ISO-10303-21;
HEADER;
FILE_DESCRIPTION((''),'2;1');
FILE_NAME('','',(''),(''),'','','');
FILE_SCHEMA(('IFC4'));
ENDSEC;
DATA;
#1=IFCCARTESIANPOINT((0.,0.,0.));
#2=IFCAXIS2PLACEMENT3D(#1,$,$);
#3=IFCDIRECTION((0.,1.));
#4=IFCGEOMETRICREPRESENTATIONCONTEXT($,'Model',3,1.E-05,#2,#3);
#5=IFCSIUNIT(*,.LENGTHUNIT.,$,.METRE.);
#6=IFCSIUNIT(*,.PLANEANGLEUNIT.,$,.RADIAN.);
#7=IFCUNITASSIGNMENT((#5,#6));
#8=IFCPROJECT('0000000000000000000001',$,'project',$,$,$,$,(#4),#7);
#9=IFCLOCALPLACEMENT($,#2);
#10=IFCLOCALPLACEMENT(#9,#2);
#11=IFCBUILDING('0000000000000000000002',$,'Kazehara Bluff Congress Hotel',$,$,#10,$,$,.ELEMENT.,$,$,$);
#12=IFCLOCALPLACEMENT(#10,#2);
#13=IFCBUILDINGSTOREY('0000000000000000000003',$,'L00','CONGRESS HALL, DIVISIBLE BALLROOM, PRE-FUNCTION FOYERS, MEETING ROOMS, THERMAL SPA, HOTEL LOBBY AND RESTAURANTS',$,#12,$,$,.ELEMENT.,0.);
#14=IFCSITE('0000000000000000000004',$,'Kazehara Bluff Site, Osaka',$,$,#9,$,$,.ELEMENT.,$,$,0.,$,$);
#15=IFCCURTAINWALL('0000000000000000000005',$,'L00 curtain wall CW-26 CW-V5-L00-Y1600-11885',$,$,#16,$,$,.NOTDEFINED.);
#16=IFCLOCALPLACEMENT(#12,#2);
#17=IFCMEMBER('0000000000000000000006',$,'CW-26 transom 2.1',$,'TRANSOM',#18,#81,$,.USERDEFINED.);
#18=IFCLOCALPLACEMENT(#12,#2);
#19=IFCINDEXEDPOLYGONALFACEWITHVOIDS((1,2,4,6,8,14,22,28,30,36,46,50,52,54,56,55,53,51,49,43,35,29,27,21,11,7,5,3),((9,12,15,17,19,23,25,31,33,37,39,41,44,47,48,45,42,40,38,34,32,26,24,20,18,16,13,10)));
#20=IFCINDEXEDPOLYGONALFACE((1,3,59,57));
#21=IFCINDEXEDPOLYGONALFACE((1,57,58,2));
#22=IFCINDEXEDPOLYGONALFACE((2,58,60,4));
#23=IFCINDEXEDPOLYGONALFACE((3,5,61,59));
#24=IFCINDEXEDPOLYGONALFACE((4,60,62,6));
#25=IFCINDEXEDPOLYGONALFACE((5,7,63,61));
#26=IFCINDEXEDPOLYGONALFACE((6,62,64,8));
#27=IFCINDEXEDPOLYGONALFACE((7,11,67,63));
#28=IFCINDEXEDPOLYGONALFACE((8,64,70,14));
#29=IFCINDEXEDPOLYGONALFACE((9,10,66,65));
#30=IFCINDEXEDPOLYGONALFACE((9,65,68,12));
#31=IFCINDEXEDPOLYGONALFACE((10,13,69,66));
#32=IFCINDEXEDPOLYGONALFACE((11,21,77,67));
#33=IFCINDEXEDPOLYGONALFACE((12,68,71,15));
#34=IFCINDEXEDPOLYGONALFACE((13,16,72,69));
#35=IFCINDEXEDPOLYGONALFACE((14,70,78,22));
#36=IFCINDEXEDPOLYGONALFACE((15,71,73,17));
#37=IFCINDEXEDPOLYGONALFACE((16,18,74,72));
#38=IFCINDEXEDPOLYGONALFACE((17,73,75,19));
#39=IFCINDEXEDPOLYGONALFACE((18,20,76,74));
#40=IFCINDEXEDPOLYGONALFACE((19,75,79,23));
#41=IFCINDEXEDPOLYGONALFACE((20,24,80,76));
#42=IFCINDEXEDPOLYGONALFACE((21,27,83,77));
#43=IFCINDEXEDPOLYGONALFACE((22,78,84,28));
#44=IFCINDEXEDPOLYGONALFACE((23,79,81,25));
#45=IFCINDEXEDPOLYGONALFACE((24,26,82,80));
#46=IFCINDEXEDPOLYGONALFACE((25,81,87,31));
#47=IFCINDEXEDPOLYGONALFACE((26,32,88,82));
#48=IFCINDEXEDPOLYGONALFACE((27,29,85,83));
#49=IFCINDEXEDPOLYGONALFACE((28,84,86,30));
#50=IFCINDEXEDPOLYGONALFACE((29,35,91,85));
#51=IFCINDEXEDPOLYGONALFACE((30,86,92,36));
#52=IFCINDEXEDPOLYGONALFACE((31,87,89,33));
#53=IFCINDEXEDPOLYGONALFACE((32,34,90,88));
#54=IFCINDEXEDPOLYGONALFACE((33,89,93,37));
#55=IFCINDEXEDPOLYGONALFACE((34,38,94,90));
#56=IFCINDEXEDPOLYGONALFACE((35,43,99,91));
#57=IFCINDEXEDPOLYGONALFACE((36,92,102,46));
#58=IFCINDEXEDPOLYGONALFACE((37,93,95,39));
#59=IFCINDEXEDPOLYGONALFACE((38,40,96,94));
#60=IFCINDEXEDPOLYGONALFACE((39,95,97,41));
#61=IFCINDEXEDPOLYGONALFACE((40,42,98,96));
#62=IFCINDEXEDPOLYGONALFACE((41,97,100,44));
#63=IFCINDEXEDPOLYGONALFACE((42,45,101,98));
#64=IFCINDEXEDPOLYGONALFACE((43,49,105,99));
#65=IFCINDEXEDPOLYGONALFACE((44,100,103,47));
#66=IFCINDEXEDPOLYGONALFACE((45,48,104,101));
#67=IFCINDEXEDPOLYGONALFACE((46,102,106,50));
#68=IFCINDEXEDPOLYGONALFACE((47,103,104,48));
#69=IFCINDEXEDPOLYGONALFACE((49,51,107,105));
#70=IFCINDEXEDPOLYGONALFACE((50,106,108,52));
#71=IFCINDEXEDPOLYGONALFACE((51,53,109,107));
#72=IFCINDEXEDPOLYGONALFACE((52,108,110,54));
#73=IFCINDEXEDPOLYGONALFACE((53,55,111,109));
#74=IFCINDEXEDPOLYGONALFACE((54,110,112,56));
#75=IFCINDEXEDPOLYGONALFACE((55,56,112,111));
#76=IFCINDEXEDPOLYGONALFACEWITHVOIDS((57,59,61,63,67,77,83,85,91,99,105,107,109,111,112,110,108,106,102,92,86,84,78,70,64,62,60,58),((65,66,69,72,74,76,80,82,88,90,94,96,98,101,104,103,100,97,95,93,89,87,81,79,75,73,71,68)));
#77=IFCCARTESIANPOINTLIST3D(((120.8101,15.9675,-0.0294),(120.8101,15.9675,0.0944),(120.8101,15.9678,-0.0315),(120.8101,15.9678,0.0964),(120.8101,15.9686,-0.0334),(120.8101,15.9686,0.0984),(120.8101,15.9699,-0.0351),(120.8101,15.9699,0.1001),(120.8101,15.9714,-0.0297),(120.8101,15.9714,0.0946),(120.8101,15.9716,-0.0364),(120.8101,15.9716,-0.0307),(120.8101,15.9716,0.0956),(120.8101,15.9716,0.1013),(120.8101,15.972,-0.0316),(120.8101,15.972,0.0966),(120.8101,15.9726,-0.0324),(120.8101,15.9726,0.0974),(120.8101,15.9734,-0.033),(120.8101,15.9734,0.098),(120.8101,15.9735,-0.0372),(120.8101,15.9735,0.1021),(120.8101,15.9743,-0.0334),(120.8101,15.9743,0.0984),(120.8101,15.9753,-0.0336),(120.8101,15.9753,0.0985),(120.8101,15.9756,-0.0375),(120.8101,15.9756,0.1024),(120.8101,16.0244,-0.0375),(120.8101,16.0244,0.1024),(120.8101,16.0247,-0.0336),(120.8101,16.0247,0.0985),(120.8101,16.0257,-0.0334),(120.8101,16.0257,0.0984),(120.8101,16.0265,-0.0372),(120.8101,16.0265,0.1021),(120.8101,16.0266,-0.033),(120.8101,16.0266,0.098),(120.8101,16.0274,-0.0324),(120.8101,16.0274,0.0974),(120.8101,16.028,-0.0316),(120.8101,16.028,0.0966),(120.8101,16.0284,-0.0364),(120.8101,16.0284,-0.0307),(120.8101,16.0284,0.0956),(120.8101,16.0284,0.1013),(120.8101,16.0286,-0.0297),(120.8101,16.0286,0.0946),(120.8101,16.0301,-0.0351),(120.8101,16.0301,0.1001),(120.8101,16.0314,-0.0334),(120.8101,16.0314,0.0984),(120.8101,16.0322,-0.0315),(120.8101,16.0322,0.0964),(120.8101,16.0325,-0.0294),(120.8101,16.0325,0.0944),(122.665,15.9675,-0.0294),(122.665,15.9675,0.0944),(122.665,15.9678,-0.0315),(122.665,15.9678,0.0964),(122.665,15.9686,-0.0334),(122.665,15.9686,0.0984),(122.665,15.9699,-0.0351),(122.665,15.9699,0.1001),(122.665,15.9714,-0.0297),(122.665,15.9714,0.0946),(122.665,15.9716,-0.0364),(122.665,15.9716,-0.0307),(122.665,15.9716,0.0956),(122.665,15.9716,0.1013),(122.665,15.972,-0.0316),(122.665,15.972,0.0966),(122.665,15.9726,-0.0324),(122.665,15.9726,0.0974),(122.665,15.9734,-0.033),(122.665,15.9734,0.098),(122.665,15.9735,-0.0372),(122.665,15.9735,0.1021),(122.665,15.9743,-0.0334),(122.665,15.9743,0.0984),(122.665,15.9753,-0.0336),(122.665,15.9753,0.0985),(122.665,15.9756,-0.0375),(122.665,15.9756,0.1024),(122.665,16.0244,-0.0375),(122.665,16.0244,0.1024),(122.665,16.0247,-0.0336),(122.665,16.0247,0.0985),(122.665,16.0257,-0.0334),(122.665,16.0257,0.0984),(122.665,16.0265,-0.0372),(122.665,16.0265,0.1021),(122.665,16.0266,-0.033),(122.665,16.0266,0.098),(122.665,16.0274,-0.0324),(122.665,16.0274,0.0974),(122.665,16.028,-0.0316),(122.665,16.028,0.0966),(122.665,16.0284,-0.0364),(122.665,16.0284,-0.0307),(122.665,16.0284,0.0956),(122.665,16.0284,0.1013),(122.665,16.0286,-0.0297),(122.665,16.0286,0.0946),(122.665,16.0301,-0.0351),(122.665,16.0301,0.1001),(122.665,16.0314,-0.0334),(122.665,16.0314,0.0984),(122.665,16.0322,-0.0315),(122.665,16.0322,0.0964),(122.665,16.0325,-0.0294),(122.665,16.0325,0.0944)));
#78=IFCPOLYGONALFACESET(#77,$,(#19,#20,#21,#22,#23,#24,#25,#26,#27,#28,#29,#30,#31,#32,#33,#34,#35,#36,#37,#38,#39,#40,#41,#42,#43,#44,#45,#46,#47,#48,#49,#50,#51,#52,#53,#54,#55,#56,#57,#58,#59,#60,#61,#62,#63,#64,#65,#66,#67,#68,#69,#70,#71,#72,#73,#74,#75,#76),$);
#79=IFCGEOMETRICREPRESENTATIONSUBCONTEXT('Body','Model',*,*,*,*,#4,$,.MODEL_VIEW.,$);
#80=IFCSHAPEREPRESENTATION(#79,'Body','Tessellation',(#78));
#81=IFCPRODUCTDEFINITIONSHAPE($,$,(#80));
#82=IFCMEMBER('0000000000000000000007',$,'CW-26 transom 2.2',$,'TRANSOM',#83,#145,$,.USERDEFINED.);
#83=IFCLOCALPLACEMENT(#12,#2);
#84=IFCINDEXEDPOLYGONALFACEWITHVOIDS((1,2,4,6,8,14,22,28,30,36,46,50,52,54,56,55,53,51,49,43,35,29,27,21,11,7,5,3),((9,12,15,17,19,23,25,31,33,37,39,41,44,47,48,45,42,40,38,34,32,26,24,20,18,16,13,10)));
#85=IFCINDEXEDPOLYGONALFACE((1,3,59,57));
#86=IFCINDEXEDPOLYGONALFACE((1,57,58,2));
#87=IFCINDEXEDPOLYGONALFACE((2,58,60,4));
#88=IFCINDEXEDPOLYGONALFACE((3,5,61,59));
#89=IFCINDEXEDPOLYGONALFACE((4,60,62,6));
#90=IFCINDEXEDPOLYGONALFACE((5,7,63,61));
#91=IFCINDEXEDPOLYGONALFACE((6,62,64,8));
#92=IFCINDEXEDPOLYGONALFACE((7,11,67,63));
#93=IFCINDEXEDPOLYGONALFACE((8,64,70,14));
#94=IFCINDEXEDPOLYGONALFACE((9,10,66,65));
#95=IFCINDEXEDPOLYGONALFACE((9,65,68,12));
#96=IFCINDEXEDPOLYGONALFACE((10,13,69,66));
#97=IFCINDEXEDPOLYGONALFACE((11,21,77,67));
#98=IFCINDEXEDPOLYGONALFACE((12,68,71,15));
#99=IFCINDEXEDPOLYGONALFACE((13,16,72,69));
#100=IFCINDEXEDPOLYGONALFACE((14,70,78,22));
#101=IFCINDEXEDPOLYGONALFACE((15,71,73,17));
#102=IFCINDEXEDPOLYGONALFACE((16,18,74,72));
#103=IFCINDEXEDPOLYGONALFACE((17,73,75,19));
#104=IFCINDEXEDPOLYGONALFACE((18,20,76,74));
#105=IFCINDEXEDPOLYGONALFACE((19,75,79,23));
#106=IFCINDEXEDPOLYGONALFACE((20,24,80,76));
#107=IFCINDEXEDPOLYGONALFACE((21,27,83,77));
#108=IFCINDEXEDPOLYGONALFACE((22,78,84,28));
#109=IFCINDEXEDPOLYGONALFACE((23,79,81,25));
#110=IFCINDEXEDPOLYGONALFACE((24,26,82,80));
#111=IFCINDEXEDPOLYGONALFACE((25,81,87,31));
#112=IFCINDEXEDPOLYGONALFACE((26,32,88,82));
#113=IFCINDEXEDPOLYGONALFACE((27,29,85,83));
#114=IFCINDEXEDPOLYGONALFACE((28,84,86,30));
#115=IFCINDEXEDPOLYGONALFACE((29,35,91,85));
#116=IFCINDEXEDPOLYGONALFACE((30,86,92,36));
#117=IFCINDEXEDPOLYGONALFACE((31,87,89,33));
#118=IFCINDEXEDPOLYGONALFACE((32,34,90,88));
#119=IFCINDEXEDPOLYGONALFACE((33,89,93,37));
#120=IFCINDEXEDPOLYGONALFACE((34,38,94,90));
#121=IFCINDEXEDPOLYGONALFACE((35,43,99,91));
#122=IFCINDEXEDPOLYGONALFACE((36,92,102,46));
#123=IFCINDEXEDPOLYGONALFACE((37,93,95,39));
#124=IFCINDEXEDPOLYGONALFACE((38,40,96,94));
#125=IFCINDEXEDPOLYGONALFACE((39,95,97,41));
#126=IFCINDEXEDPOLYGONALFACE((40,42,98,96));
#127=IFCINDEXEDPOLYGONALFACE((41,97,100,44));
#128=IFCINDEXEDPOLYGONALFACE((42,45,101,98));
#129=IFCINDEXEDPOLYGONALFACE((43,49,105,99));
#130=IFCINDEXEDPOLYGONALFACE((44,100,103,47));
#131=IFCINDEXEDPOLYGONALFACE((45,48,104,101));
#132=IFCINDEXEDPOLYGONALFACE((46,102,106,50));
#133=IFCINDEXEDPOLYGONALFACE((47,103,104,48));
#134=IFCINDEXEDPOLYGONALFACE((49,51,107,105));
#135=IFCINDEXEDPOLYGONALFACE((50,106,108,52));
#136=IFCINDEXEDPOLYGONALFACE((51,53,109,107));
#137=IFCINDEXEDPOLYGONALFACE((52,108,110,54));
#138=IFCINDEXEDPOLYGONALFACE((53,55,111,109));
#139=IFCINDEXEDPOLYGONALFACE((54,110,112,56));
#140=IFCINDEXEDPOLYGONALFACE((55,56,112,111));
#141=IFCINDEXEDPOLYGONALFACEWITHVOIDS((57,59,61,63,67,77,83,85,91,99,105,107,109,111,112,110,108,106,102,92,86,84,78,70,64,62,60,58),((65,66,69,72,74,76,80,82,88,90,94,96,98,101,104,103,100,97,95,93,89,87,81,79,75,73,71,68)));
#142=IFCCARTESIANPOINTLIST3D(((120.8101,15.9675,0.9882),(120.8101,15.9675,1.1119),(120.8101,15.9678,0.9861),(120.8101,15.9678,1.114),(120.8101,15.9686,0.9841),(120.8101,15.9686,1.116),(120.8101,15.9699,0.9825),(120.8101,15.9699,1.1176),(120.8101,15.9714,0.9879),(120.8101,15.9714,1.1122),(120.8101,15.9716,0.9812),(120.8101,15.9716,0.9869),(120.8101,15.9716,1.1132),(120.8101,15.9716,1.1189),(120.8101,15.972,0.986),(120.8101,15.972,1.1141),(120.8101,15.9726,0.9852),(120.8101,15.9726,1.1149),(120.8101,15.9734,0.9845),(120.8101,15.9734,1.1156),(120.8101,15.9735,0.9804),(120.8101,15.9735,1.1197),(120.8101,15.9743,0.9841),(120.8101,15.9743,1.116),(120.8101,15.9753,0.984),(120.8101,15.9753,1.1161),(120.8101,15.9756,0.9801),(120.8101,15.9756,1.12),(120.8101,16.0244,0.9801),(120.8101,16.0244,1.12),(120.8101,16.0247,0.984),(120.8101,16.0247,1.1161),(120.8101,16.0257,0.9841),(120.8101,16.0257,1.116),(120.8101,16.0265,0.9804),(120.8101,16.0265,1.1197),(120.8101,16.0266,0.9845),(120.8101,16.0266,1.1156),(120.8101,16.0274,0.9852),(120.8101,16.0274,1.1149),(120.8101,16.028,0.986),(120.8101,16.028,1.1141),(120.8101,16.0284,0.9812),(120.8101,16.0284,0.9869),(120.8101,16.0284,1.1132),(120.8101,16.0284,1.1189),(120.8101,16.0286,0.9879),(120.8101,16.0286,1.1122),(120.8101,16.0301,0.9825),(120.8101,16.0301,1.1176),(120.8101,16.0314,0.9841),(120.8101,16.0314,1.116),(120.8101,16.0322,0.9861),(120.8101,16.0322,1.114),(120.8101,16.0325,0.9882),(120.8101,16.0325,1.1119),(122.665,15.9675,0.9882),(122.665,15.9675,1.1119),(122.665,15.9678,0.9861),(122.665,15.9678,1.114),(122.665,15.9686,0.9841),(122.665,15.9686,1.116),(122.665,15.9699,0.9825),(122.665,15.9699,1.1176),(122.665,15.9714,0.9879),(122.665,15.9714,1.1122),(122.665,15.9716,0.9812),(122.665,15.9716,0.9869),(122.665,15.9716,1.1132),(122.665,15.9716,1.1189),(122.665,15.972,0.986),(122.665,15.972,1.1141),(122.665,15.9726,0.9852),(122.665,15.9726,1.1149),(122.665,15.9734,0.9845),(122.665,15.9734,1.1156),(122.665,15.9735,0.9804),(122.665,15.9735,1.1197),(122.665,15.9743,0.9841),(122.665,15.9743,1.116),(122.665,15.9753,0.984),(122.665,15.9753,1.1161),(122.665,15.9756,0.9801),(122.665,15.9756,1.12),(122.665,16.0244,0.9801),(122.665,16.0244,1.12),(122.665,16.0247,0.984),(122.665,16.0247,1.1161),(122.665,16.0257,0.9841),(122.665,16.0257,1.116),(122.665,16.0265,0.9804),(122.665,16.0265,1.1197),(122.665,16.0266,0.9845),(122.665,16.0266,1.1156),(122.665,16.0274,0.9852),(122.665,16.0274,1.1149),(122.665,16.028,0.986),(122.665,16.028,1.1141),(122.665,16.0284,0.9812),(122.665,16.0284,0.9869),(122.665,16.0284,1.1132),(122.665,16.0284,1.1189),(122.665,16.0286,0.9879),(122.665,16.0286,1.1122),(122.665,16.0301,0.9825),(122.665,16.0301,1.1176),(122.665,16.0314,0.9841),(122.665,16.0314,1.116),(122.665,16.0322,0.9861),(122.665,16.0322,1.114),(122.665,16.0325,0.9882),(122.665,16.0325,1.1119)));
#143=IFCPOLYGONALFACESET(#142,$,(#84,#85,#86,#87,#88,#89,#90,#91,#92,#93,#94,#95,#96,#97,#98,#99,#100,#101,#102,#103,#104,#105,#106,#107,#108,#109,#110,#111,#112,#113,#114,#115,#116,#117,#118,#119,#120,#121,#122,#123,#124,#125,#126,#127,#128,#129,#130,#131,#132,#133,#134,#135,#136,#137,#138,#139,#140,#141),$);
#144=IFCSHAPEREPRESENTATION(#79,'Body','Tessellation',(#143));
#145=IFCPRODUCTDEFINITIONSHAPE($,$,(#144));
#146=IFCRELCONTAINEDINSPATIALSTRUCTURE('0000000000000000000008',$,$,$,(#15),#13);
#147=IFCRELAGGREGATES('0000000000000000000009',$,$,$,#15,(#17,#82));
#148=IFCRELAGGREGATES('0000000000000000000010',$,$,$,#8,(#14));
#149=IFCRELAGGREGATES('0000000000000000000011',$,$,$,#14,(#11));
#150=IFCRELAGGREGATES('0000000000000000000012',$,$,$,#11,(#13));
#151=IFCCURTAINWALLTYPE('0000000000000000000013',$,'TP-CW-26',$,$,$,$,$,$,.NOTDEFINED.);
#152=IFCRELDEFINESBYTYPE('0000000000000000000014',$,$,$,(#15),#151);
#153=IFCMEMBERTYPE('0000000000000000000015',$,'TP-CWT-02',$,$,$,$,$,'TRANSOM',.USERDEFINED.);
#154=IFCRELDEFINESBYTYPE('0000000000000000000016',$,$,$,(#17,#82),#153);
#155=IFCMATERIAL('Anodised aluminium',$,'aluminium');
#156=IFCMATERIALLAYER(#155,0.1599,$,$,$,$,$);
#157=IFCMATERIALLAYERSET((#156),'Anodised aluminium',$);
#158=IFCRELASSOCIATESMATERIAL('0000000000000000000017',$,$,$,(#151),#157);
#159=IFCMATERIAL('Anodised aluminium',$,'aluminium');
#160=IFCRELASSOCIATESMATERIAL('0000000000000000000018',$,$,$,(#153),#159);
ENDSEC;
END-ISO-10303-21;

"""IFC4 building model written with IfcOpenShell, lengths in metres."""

from ifc_helpers import new_model, si_unit, direction, frame, origin, origin_2d, place, context, subcontext, project, spatial, hollow_rectangle, extrude, material, layer, layer_set, material_profile, profile_set, type_object, element, aggregate, save


model = new_model("IFC4")

# Units and contexts
model_context = context("Model", 3, precision=1e-05, world=origin(), true_north=direction((0.0, 1.0)))
body_context = subcontext(model_context, "Body", "Model", "MODEL_VIEW")
ifc_project = project(units=[si_unit("LENGTHUNIT", "METRE"), si_unit("PLANEANGLEUNIT", "RADIAN")], contexts=[model_context])

# Site, building, storey
site_placement = place(None, origin())
site = spatial("IfcSite", under=ifc_project, at=site_placement, Name="Kazehara Bluff Site, Osaka", CompositionType="ELEMENT", RefElevation=0.0)
building_placement = place(site_placement, origin())
building = spatial("IfcBuilding", under=site, at=building_placement, Name="Kazehara Bluff Congress Hotel", CompositionType="ELEMENT")
storey_placement = place(building_placement, origin())
storey = spatial("IfcBuildingStorey", under=building, at=storey_placement, Name="L00", Description="CONGRESS HALL, DIVISIBLE BALLROOM, PRE-FUNCTION FOYERS, MEETING ROOMS, THERMAL SPA, HOTEL LOBBY AND RESTAURANTS", CompositionType="ELEMENT", Elevation=0.0)

# Curtain wall, members
ifc_material_1 = material(Name="Anodised aluminium", Category="aluminium")
ifc_layer_1 = layer(ifc_material_1, 0.1599)
ifc_layer_set_1 = layer_set([ifc_layer_1], Name="Anodised aluminium")
curtain_wall_type = type_object("IfcCurtainWallType", Name="TP-CW-26", PredefinedType="NOTDEFINED", material=ifc_layer_set_1)
curtain_wall_placement = place(storey_placement, origin())
curtain_wall = element("IfcCurtainWall", 1, at=curtain_wall_placement, inside=storey, type_object=curtain_wall_type, Name="L00 curtain wall CW-26 CW-V5-L00-Y1600-11885", PredefinedType="NOTDEFINED")
ifc_material_2 = material(Name="Anodised aluminium", Category="aluminium")
ifc_material_profile_1 = material_profile(ifc_material_2, hollow_rectangle(XDim=0.0649, YDim=0.1399, WallThickness=0.0039, InnerFilletRadius=0.0039, OuterFilletRadius=0.0081, at=origin_2d()))
ifc_profile_set_1 = profile_set([ifc_material_profile_1], Name="Anodised aluminium")
member_type_1 = type_object("IfcMemberType", Name="TP-CWT-02", ElementType="TRANSOM", PredefinedType="USERDEFINED", material=ifc_profile_set_1)
member_1_placement = place(storey_placement, frame((120.8101, 16.0, 0.0325), z_axis=(1.0, 0.0, 0.0), x_axis=(0.0, 1.0, 0.0)))
member_1 = element("IfcMember", 2, at=member_1_placement, type_object=member_type_1, Name="CW-26 transom 2.1", ObjectType="TRANSOM", PredefinedType="USERDEFINED", context=body_context, shape_type="SweptSolid", body=[
    extrude(hollow_rectangle(XDim=0.0649, YDim=0.1399, WallThickness=0.0039, InnerFilletRadius=0.0039, OuterFilletRadius=0.0081, at=origin_2d()), origin(), (0.0, 0.0, 1.0), 1.855),
])
member_2_placement = place(storey_placement, frame((120.8101, 16.0, 1.05), z_axis=(1.0, 0.0, 0.0), x_axis=(0.0, 1.0, 0.0)))
member_2 = element("IfcMember", 3, at=member_2_placement, type_object=member_type_1, Name="CW-26 transom 2.2", ObjectType="TRANSOM", PredefinedType="USERDEFINED", context=body_context, shape_type="SweptSolid", body=[
    extrude(hollow_rectangle(XDim=0.0649, YDim=0.1399, WallThickness=0.0039, InnerFilletRadius=0.0039, OuterFilletRadius=0.0081, at=origin_2d()), origin(), (0.0, 0.0, 1.0), 1.855),
])

aggregate(curtain_wall, [member_1, member_2])

save(model, "model.ifc")
